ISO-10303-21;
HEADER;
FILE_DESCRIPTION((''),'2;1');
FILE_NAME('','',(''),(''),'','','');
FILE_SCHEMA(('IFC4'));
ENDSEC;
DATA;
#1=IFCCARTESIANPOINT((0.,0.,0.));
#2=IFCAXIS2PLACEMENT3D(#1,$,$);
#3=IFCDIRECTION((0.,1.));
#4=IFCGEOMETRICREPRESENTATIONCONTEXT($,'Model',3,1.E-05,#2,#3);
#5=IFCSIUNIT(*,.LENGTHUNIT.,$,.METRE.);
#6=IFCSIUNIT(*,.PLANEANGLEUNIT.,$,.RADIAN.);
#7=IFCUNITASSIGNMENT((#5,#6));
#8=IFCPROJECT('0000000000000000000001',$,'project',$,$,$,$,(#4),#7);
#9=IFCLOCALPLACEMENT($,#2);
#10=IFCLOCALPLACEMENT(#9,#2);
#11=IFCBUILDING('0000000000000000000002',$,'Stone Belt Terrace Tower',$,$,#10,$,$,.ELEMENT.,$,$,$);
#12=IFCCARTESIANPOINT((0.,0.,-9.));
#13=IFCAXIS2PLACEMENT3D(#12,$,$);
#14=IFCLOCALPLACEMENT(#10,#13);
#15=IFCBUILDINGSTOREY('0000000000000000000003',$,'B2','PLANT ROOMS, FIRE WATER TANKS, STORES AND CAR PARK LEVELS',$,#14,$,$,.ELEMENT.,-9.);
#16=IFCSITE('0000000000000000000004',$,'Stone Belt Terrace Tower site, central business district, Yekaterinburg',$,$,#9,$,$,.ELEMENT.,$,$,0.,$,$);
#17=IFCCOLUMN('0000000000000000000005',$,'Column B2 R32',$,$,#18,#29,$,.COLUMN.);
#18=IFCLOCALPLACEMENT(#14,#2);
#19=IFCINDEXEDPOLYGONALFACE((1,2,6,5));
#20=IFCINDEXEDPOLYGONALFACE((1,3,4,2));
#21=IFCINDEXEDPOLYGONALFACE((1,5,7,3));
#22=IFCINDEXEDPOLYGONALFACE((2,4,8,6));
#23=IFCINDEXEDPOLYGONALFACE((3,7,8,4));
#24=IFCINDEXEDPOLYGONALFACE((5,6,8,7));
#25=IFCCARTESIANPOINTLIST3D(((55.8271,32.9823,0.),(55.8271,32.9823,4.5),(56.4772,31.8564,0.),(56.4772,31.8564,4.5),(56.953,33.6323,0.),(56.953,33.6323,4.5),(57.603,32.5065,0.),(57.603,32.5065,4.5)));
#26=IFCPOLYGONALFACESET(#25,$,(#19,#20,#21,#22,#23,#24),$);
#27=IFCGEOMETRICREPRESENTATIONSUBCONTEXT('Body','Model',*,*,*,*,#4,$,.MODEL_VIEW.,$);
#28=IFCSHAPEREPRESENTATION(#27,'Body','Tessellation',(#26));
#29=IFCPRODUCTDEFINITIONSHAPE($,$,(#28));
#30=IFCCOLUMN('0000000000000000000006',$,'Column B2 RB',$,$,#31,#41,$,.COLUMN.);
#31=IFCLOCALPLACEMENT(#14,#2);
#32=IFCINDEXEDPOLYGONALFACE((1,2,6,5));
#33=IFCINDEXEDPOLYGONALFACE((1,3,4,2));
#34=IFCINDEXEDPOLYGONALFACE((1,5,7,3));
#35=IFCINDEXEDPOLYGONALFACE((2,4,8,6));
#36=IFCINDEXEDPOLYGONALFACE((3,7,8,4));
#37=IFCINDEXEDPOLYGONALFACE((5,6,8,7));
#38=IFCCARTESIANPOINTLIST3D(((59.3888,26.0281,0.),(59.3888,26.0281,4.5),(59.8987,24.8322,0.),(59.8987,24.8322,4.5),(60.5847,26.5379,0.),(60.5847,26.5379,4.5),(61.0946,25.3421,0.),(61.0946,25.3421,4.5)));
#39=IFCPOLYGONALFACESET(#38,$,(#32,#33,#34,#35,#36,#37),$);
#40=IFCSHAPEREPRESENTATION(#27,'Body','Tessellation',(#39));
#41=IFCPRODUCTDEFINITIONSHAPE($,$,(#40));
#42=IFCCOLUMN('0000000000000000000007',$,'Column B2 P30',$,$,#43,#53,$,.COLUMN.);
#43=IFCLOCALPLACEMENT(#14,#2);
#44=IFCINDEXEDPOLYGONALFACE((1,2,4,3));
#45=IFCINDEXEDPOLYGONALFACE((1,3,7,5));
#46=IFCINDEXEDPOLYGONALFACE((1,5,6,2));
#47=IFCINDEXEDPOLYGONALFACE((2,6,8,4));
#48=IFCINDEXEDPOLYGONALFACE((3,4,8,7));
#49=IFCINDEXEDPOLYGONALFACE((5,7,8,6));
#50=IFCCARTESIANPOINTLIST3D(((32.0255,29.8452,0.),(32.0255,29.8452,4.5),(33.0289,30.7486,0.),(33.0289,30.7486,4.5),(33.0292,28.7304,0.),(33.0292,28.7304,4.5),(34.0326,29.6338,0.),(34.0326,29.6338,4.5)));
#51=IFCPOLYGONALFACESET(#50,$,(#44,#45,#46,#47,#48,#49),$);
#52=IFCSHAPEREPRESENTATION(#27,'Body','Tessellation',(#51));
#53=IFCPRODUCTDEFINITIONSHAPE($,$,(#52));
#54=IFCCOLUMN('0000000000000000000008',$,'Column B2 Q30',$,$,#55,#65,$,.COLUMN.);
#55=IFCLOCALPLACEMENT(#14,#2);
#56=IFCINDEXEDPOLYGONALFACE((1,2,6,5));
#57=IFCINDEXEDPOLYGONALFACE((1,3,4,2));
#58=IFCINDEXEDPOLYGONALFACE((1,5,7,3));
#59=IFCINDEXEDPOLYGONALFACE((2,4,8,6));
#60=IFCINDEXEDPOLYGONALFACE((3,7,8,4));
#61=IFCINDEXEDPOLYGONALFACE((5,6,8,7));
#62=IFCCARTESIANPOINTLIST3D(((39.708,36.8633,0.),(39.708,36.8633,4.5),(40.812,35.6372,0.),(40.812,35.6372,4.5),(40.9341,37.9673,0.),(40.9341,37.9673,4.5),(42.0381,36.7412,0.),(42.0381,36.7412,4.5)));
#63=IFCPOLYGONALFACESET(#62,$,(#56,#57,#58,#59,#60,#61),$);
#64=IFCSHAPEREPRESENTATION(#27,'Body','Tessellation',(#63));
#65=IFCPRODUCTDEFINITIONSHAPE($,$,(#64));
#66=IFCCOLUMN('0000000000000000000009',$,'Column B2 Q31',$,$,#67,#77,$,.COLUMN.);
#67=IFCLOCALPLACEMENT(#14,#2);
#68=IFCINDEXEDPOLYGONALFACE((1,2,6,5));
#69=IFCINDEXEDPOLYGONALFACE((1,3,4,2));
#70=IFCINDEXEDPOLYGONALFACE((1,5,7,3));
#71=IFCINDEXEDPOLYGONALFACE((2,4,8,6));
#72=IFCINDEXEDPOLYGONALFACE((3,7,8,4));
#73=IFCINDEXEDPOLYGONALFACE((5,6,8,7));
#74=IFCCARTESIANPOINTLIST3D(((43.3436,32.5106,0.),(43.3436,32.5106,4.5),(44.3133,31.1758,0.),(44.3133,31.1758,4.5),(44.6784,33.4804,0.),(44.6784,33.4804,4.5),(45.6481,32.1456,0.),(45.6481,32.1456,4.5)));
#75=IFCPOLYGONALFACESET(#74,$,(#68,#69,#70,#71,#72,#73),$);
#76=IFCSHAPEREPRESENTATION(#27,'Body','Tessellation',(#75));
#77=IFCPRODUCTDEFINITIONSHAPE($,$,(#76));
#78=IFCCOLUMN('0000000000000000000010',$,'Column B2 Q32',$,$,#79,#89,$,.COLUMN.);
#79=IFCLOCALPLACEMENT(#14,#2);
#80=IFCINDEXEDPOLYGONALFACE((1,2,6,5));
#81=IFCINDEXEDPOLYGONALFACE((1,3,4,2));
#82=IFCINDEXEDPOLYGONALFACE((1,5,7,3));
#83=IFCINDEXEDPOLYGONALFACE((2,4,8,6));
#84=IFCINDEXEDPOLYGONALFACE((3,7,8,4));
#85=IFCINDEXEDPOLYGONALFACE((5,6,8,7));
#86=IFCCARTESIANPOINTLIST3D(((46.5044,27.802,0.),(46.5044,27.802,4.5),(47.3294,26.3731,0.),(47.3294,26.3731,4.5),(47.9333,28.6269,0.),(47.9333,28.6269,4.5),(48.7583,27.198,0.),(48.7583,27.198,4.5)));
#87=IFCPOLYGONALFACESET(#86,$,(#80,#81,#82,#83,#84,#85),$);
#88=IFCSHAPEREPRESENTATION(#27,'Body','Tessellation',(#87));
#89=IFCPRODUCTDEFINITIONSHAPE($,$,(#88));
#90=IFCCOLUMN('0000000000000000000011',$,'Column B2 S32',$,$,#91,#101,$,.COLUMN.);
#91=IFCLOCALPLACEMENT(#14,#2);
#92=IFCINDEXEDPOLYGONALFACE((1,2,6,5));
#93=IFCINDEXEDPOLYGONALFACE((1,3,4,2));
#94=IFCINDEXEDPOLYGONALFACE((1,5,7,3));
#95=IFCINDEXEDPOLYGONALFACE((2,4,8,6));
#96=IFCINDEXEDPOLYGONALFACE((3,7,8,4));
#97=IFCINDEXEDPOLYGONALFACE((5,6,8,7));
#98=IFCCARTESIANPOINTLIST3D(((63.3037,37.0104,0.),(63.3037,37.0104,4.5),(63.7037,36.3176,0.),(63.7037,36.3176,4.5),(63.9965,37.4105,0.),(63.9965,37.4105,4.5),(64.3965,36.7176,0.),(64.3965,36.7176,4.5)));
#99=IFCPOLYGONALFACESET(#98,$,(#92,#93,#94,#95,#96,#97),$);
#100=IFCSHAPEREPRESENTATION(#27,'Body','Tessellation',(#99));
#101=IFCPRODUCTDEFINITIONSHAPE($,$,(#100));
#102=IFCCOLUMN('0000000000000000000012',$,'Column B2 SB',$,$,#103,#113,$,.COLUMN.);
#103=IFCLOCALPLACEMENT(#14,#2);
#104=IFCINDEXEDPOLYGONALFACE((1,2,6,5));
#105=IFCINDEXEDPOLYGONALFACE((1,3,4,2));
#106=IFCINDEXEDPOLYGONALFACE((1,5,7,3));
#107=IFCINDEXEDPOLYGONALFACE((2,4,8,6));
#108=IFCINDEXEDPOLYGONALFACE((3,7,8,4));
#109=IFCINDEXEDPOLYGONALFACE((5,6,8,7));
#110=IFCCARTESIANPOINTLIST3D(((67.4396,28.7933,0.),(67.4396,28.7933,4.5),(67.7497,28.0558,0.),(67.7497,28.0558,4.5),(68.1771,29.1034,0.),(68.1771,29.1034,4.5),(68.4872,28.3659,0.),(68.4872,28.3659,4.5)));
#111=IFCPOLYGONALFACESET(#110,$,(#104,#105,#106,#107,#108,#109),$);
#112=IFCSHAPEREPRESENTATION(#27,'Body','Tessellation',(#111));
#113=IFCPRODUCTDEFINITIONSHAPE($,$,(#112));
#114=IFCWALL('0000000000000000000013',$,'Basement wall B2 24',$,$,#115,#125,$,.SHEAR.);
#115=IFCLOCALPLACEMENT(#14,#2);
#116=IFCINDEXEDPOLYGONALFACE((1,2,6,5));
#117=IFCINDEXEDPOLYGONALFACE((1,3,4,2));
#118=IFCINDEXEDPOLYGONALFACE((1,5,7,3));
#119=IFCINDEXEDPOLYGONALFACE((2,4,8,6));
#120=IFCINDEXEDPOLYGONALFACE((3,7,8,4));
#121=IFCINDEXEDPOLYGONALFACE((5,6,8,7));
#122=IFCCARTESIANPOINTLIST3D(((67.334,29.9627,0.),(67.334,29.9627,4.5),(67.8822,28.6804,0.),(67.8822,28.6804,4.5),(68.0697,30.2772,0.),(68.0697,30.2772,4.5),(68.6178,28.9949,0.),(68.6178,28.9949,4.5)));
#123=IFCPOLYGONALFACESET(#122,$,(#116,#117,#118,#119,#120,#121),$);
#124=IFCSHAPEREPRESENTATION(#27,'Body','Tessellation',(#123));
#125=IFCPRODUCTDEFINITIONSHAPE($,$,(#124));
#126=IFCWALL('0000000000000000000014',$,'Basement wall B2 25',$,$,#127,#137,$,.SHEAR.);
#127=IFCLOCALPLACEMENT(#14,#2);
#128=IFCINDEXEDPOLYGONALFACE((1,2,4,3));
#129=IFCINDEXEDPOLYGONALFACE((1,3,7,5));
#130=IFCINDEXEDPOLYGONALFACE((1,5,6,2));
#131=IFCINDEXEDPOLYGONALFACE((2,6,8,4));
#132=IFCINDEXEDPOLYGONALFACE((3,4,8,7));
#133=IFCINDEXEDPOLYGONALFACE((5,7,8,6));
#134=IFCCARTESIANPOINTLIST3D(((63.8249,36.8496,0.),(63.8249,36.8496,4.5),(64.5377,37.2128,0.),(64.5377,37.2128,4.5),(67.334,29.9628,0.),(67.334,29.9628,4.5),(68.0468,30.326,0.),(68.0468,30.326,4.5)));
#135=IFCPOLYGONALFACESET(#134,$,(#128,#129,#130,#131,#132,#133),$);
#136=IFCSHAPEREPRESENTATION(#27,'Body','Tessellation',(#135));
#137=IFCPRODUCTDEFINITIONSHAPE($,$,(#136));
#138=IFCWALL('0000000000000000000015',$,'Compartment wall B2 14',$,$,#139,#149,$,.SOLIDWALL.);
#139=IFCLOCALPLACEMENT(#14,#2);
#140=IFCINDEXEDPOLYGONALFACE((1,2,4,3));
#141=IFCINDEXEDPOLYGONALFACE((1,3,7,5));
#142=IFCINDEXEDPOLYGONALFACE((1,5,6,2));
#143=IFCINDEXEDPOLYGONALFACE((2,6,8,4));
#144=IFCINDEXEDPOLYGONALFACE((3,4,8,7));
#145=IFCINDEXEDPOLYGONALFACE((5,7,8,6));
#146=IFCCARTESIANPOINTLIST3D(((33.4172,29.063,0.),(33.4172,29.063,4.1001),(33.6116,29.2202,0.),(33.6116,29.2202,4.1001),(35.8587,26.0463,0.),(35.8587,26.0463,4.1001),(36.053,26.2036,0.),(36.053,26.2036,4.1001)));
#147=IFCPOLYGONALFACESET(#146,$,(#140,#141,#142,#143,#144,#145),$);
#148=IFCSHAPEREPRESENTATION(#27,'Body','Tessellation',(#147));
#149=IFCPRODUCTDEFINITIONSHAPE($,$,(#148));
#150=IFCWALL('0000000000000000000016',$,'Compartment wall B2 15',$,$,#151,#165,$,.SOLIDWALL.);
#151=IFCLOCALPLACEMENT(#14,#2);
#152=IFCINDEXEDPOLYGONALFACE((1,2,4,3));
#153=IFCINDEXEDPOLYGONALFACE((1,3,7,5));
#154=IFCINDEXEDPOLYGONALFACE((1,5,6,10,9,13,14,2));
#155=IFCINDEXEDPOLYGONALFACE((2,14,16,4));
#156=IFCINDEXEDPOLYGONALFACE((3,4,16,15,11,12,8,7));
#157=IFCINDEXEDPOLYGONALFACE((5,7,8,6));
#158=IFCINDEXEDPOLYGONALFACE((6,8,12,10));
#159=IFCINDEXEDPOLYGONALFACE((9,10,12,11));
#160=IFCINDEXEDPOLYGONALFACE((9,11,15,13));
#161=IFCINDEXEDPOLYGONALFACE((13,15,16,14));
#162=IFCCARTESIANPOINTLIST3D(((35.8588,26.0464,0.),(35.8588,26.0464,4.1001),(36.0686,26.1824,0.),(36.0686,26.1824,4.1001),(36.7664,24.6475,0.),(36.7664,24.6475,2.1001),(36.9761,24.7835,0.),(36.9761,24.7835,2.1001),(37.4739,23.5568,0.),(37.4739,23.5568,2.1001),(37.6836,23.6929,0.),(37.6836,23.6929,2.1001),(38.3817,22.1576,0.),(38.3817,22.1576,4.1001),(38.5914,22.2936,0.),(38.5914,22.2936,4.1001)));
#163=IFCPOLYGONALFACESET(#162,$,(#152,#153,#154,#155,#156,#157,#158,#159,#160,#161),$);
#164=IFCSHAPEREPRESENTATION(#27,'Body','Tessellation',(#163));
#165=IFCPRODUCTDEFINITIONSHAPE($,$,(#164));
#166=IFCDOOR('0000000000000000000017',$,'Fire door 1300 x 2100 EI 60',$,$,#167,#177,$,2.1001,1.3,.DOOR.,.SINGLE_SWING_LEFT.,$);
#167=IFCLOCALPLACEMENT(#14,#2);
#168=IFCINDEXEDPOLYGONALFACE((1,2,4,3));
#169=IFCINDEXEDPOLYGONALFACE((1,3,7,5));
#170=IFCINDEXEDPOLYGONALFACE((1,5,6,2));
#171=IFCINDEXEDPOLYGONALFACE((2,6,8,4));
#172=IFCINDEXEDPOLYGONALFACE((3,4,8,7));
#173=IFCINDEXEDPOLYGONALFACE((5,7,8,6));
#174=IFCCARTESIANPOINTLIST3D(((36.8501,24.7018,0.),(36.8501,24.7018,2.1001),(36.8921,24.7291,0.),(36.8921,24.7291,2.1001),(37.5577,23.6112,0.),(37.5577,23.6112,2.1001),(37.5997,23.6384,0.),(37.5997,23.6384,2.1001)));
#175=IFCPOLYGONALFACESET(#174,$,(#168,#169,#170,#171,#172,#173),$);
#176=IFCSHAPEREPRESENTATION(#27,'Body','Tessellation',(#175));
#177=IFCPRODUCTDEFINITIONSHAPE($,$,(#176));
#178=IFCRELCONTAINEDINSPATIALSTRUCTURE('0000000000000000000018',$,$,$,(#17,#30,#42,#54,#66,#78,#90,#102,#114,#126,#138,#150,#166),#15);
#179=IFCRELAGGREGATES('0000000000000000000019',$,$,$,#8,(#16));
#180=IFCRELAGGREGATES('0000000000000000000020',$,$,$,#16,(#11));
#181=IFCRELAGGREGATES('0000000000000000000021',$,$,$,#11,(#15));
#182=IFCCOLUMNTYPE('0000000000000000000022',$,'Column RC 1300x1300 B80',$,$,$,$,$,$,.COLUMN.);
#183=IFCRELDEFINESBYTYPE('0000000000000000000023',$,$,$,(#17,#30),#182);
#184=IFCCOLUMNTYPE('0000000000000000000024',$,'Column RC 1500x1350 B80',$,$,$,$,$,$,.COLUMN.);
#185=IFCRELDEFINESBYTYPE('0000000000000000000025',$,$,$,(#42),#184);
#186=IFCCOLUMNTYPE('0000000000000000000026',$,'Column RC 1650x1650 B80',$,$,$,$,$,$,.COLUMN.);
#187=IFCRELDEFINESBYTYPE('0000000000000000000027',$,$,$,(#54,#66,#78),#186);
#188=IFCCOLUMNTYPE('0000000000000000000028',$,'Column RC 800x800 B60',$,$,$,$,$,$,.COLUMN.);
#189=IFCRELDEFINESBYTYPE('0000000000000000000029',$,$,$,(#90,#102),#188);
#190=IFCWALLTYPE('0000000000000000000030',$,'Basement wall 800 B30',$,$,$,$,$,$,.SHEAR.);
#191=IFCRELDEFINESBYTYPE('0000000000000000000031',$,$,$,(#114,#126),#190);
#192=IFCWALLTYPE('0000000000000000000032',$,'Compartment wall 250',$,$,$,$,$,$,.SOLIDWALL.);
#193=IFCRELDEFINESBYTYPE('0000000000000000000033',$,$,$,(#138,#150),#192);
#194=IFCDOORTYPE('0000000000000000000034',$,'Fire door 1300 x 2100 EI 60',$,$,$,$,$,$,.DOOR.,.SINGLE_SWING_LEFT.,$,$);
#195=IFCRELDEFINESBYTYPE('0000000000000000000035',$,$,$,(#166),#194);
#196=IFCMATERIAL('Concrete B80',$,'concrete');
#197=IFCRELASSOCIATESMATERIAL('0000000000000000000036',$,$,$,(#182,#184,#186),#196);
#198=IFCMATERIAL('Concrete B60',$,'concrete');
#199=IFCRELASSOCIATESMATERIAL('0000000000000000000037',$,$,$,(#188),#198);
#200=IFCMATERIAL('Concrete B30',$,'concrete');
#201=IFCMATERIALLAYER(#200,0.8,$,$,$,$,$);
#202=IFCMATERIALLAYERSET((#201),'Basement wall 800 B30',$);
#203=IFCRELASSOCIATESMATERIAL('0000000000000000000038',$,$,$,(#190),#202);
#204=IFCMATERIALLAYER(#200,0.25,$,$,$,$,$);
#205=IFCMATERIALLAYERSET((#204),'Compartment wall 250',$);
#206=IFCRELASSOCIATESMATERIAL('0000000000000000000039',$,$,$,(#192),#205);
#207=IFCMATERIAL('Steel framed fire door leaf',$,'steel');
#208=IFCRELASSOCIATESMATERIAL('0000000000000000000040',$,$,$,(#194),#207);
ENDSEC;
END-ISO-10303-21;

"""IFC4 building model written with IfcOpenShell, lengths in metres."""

from ifc_helpers import new_model, si_unit, direction, frame, frame_2d, origin, origin_2d, place, context, subcontext, project, spatial, rectangle, extrude, material, layer, layer_set, material_profile, profile_set, type_object, element, fill, save


model = new_model("IFC4")

# Units and contexts
model_context = context("Model", 3, precision=1e-05, world=origin(), true_north=direction((0.0, 1.0)))
body_context = subcontext(model_context, "Body", "Model", "MODEL_VIEW")
ifc_project = project(units=[si_unit("LENGTHUNIT", "METRE"), si_unit("PLANEANGLEUNIT", "RADIAN")], contexts=[model_context])

# Site, building, storey
site_placement = place(None, origin())
site = spatial("IfcSite", under=ifc_project, at=site_placement, Name="Stone Belt Terrace Tower site, central business district, Yekaterinburg", CompositionType="ELEMENT", RefElevation=0.0)
building_placement = place(site_placement, origin())
building = spatial("IfcBuilding", under=site, at=building_placement, Name="Stone Belt Terrace Tower", CompositionType="ELEMENT")
storey_placement = place(building_placement, frame((0.0, 0.0, -9.0)))
storey = spatial("IfcBuildingStorey", under=building, at=storey_placement, Name="B2", Description="PLANT ROOMS, FIRE WATER TANKS, STORES AND CAR PARK LEVELS", CompositionType="ELEMENT", Elevation=-9.0)

# Columns
ifc_material_1 = material(Name="Concrete B80", Category="concrete")
ifc_material_profile_1 = material_profile(ifc_material_1, rectangle(XDim=1.3, YDim=1.3, at=origin_2d()), Name="RC 1300x1300")
ifc_profile_set_1 = profile_set([ifc_material_profile_1], Name="Concrete B80")
column_type_1 = type_object("IfcColumnType", Name="Column RC 1300x1300 B80", PredefinedType="COLUMN", material=ifc_profile_set_1)
for number, where, z_axis, x_axis, name in (
    (1, (56.7151, 32.7444, 0.0), (0.0, 0.0, 1.0), (0.5, -0.866025, 0.0), "Column B2 R32"),
    (2, (60.2417, 25.6851, 0.0), (0.0, 0.0, 1.0), (0.392204, -0.919878, 0.0), "Column B2 RB"),
):
    element("IfcColumn", number, at=place(storey_placement, frame(where, z_axis=z_axis, x_axis=x_axis)), inside=storey, type_object=column_type_1, Name=name, PredefinedType="COLUMN", context=body_context, shape_type="SweptSolid", body=[
        extrude(rectangle(XDim=1.3, YDim=1.3, at=origin_2d()), origin(), (0.0, 0.0, 1.0), 4.5),
    ])
ifc_material_profile_2 = material_profile(ifc_material_1, rectangle(XDim=1.5, YDim=1.3501, at=origin_2d()), Name="RC 1500x1350")
ifc_profile_set_2 = profile_set([ifc_material_profile_2], Name="Concrete B80")
column_type_2 = type_object("IfcColumnType", Name="Column RC 1500x1350 B80", PredefinedType="COLUMN", material=ifc_profile_set_2)
column_placement = place(storey_placement, frame((33.0291, 29.7395, 0.0), z_axis=(0.0, 0.0, 1.0), x_axis=(0.669131, -0.743145, 0.0)))
element("IfcColumn", 3, at=column_placement, inside=storey, type_object=column_type_2, Name="Column B2 P30", PredefinedType="COLUMN", context=body_context, shape_type="SweptSolid", body=[
    extrude(rectangle(XDim=1.5, YDim=1.3501, at=origin_2d()), origin(), (0.0, 0.0, 1.0), 4.5),
])
ifc_material_profile_3 = material_profile(ifc_material_1, rectangle(XDim=1.6499, YDim=1.6499, at=origin_2d()), Name="RC 1650x1650")
ifc_profile_set_3 = profile_set([ifc_material_profile_3], Name="Concrete B80")
column_type_3 = type_object("IfcColumnType", Name="Column RC 1650x1650 B80", PredefinedType="COLUMN", material=ifc_profile_set_3)
for number, where, z_axis, x_axis, name in (
    (4, (40.873, 36.8022, 0.0), (0.0, 0.0, 1.0), (0.669131, -0.743145, 0.0), "Column B2 Q30"),
    (5, (44.4958, 32.3281, 0.0), (0.0, 0.0, 1.0), (0.587785, -0.809017, 0.0), "Column B2 Q31"),
    (6, (47.6313, 27.5, 0.0), (0.0, 0.0, 1.0), (0.5, -0.866025, 0.0), "Column B2 Q32"),
):
    element("IfcColumn", number, at=place(storey_placement, frame(where, z_axis=z_axis, x_axis=x_axis)), inside=storey, type_object=column_type_3, Name=name, PredefinedType="COLUMN", context=body_context, shape_type="SweptSolid", body=[
        extrude(rectangle(XDim=1.6499, YDim=1.6499, at=origin_2d()), origin(), (0.0, 0.0, 1.0), 4.5),
    ])
ifc_material_2 = material(Name="Concrete B60", Category="concrete")
ifc_material_profile_4 = material_profile(ifc_material_2, rectangle(XDim=0.8, YDim=0.8, at=origin_2d()), Name="RC 800x800")
ifc_profile_set_4 = profile_set([ifc_material_profile_4], Name="Concrete B60")
column_type_4 = type_object("IfcColumnType", Name="Column RC 800x800 B60", PredefinedType="COLUMN", material=ifc_profile_set_4)
for number, where, z_axis, x_axis, name in (
    (7, (63.8501, 36.864, 0.0), (0.0, 0.0, 1.0), (0.5, -0.866025, 0.0), "Column B2 S32"),
    (8, (67.9634, 28.5796, 0.0), (0.0, 0.0, 1.0), (0.387636, -0.921812, 0.0), "Column B2 SB"),
):
    element("IfcColumn", number, at=place(storey_placement, frame(where, z_axis=z_axis, x_axis=x_axis)), inside=storey, type_object=column_type_4, Name=name, PredefinedType="COLUMN", context=body_context, shape_type="SweptSolid", body=[
        extrude(rectangle(XDim=0.8, YDim=0.8, at=origin_2d()), origin(), (0.0, 0.0, 1.0), 4.5),
    ])

# Walls
ifc_material_3 = material(Name="Concrete B30", Category="concrete")
ifc_layer_1 = layer(ifc_material_3, 0.8)
ifc_layer_set_1 = layer_set([ifc_layer_1], Name="Basement wall 800 B30")
wall_type_1 = type_object("IfcWallType", Name="Basement wall 800 B30", PredefinedType="SHEAR", material=ifc_layer_set_1)
wall_1_placement = place(storey_placement, frame((68.25, 28.8376, 0.0), z_axis=(0.0, 0.0, 1.0), x_axis=(-0.393053, 0.919516, 0.0)))
element("IfcWall", 9, at=wall_1_placement, inside=storey, type_object=wall_type_1, Name="Basement wall B2 24", PredefinedType="SHEAR", context=body_context, shape_type="SweptSolid", body=[
    extrude(rectangle(XDim=1.3945, YDim=0.8, at=frame_2d((0.6973, 0.0))), origin(), (0.0, 0.0, 1.0), 4.5),
])
wall_2_placement = place(storey_placement, frame((67.6904, 30.1443, 0.0), z_axis=(0.0, 0.0, 1.0), x_axis=(-0.453998, 0.891003, 0.0)))
element("IfcWall", 10, at=wall_2_placement, inside=storey, type_object=wall_type_1, Name="Basement wall B2 25", PredefinedType="SHEAR", context=body_context, shape_type="SweptSolid", body=[
    extrude(rectangle(XDim=7.7292, YDim=0.8, at=frame_2d((3.8647, 0.0))), origin(), (0.0, 0.0, 1.0), 4.5),
])
ifc_layer_2 = layer(ifc_material_3, 0.25)
ifc_layer_set_2 = layer_set([ifc_layer_2], Name="Compartment wall 250")
wall_type_2 = type_object("IfcWallType", Name="Compartment wall 250", PredefinedType="SOLIDWALL", material=ifc_layer_set_2)
wall_3_placement = place(storey_placement, frame((33.5144, 29.1416, 0.0), z_axis=(0.0, 0.0, 1.0), x_axis=(0.629104, -0.777321, 0.0)))
element("IfcWall", 11, at=wall_3_placement, inside=storey, type_object=wall_type_2, Name="Compartment wall B2 14", PredefinedType="SOLIDWALL", context=body_context, shape_type="SweptSolid", body=[
    extrude(rectangle(XDim=3.8809, YDim=0.25, at=frame_2d((1.9404, 0.0))), origin(), (0.0, 0.0, 1.0), 4.1001),
])

# Wall, opening, door
wall_4_placement = place(storey_placement, frame((35.9636, 26.1145, 0.0), z_axis=(0.0, 0.0, 1.0), x_axis=(0.544253, -0.838921, 0.0)))
wall_4 = element("IfcWall", 12, at=wall_4_placement, inside=storey, type_object=wall_type_2, Name="Compartment wall B2 15", PredefinedType="SOLIDWALL", context=body_context, shape_type="SweptSolid", body=[
    extrude(rectangle(XDim=4.6355, YDim=0.25, at=frame_2d((2.3179, 0.0))), origin(), (0.0, 0.0, 1.0), 4.1001),
])
opening_1_placement = place(wall_4_placement, frame((1.6677, 0.0, 0.0)))
opening_1 = element("IfcOpeningElement", 13, at=opening_1_placement, cuts=wall_4, PredefinedType="OPENING", context=body_context, shape_type="SweptSolid", body=[
    extrude(rectangle(XDim=1.3, YDim=2.1001, at=frame_2d((0.6499, 1.05))), frame((0.0, 0.135, 0.0), z_axis=(0.0, -1.0, 0.0), x_axis=(1.0, 0.0, 0.0)), (0.0, 0.0, 1.0), 0.27),
])
ifc_material_4 = material(Name="Steel framed fire door leaf", Category="steel")
door_type_1 = type_object("IfcDoorType", Name="Fire door 1300 x 2100 EI 60", OperationType="SINGLE_SWING_LEFT", PredefinedType="DOOR", material=ifc_material_4)
door_1_placement = place(opening_1_placement, origin())
door_1 = element("IfcDoor", 14, at=door_1_placement, inside=storey, type_object=door_type_1, Name="Fire door 1300 x 2100 EI 60", OperationType="SINGLE_SWING_LEFT", OverallHeight=2.1001, OverallWidth=1.3, PredefinedType="DOOR", context=body_context, shape_type="SweptSolid", body=[
    extrude(rectangle(XDim=1.3, YDim=2.1001, at=frame_2d((0.6499, 1.05))), frame((0.0, 0.0249, 0.0), z_axis=(0.0, -1.0, 0.0), x_axis=(1.0, 0.0, 0.0)), (0.0, 0.0, 1.0), 0.05),
])
fill(opening_1, door_1)

save(model, "model.ifc")
